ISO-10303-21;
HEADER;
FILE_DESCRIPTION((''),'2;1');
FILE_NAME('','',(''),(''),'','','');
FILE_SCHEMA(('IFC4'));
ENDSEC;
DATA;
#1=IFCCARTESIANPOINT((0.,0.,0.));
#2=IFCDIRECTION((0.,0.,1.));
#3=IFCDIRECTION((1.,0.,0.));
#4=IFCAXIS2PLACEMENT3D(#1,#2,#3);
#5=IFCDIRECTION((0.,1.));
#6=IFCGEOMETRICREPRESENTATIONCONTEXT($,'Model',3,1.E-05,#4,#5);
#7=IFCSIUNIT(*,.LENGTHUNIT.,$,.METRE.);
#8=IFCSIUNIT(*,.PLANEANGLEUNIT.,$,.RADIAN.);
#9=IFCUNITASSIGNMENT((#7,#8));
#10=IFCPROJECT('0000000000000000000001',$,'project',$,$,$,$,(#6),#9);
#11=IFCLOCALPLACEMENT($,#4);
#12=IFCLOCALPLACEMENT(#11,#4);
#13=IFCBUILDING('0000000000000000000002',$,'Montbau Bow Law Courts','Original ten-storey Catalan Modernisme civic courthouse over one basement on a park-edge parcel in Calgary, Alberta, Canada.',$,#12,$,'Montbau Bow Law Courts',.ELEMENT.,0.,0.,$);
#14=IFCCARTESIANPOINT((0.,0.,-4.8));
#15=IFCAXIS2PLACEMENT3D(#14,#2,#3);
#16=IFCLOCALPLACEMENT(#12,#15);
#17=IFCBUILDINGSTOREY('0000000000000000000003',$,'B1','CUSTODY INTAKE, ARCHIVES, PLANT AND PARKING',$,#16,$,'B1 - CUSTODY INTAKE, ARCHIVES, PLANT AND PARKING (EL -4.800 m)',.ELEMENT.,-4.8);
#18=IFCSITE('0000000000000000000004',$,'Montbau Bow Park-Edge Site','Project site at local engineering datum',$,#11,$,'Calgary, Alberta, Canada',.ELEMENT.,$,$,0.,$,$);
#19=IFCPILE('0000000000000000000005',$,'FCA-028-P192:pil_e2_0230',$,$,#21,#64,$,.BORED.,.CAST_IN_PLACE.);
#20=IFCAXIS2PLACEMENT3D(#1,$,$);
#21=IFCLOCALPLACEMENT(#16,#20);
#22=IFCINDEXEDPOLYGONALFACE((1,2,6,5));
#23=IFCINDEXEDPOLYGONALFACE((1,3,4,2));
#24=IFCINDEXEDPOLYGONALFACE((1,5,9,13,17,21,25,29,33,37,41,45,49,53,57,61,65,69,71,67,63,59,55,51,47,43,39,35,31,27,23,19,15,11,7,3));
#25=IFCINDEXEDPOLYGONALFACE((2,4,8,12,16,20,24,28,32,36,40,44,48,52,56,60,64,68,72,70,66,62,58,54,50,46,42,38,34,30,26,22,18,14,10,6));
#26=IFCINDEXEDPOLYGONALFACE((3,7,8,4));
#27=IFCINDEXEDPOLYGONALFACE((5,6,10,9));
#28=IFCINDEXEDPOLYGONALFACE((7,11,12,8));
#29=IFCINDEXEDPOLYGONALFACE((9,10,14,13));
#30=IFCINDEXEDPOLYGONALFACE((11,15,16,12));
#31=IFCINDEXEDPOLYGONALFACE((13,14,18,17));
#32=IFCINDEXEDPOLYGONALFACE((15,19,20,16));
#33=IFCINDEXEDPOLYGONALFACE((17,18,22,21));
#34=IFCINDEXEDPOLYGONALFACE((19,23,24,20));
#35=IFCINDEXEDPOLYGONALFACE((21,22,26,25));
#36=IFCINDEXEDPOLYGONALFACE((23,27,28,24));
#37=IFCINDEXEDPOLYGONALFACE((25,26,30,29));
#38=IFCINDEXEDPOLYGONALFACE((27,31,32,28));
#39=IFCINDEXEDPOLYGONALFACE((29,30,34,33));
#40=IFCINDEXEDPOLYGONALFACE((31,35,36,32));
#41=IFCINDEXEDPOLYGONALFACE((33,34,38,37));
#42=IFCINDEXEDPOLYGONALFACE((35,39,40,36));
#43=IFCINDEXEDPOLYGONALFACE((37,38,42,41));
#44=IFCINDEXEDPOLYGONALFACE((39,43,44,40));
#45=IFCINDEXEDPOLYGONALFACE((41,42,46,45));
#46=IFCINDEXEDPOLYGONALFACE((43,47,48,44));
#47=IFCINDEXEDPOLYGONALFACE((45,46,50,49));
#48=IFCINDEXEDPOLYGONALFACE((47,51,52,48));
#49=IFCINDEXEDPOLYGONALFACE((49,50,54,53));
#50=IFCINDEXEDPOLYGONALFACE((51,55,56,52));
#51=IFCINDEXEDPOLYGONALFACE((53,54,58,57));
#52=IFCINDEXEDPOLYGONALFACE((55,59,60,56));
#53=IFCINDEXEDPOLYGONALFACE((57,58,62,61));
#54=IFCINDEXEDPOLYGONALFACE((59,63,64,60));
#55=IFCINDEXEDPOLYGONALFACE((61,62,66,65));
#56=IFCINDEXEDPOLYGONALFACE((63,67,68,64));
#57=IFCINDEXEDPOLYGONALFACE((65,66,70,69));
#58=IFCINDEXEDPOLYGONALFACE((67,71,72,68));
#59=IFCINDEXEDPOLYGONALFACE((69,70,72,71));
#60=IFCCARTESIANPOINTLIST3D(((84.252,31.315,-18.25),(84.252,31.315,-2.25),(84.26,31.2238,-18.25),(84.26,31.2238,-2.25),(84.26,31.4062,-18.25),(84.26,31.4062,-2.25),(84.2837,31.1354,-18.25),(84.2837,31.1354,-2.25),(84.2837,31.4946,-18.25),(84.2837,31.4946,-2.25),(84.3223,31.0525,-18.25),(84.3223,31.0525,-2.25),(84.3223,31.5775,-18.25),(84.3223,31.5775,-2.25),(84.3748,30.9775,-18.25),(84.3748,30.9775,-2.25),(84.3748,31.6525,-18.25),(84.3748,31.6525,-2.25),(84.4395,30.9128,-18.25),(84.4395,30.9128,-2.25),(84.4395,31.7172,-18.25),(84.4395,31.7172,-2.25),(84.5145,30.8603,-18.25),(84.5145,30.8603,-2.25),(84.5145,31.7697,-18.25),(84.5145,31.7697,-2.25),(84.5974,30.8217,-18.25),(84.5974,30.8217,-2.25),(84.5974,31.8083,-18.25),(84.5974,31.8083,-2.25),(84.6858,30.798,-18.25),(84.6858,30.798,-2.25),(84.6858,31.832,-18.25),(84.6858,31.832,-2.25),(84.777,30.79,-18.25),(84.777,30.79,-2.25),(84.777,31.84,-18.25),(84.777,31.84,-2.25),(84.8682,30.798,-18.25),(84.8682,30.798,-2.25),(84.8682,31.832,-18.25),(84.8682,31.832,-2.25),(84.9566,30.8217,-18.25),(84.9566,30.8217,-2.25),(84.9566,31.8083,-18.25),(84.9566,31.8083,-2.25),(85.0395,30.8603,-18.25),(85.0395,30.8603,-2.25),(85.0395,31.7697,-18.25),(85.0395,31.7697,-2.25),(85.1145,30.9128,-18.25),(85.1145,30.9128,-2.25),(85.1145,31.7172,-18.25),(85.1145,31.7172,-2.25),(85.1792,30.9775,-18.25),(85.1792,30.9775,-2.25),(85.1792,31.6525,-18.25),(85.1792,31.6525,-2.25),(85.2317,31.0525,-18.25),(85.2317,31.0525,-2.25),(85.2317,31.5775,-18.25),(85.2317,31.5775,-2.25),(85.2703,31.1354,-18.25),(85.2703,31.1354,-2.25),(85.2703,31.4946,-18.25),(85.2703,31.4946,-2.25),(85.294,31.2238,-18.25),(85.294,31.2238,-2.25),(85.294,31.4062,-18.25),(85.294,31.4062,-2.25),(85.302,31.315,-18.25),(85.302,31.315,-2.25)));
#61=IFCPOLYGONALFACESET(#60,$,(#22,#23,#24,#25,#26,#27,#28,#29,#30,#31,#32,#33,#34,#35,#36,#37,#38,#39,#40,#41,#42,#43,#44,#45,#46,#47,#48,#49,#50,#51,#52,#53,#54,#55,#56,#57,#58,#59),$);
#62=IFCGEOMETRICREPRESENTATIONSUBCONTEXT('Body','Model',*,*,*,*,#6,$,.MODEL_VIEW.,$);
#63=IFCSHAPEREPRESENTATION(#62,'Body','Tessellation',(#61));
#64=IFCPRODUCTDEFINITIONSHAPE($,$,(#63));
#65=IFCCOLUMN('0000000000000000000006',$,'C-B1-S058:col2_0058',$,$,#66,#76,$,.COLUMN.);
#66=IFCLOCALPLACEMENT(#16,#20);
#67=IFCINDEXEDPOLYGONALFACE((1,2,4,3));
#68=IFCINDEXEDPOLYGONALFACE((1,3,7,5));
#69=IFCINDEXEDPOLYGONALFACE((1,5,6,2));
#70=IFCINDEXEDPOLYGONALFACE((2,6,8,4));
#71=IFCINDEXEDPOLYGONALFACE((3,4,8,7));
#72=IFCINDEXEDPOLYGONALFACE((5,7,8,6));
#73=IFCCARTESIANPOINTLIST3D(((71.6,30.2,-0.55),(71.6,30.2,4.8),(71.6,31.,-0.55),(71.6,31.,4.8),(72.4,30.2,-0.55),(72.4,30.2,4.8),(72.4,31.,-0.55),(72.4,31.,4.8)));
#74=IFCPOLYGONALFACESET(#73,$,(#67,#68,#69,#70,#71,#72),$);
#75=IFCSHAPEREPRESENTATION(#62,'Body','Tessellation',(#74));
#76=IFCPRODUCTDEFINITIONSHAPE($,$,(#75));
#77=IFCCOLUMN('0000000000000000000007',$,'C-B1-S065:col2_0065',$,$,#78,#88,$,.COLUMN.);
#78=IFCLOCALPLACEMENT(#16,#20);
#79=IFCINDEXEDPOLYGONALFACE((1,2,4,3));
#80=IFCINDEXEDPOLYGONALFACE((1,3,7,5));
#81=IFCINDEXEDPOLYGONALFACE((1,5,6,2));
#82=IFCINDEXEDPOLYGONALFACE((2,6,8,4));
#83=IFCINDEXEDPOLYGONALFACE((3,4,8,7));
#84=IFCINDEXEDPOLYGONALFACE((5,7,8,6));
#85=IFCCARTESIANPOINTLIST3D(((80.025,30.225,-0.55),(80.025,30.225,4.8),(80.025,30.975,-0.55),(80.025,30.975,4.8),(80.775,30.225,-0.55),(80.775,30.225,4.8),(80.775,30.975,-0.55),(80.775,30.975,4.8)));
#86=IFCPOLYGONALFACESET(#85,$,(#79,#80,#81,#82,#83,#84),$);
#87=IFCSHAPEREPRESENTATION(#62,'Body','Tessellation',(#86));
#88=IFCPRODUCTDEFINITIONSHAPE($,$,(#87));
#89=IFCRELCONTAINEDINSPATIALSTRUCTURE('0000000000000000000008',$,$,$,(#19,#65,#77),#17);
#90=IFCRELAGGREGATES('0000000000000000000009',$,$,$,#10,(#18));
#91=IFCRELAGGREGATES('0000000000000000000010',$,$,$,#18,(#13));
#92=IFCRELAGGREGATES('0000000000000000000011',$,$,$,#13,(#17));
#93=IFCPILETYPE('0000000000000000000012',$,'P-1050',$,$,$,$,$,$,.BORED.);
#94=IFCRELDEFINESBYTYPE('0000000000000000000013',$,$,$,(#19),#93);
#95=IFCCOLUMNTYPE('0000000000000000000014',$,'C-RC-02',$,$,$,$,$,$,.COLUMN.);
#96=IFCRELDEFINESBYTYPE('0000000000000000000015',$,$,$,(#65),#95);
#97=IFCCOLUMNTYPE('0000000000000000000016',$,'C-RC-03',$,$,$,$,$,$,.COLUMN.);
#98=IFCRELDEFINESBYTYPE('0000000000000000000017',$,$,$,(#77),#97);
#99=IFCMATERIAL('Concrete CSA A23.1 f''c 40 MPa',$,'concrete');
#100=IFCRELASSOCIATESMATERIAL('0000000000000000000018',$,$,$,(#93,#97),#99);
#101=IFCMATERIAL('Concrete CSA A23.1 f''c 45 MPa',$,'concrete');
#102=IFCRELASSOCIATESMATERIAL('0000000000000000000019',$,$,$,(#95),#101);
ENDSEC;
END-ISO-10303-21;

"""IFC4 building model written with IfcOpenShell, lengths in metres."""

from ifc_helpers import new_model, si_unit, direction, frame, origin_with_axes, origin_2d_with_axis, place, context, subcontext, project, spatial, rectangle, circle, extrude, material, material_profile, profile_set, type_object, element, save


model = new_model("IFC4")

# Units and contexts
model_context = context("Model", 3, precision=1e-05, world=origin_with_axes(), true_north=direction((0.0, 1.0)))
body_context = subcontext(model_context, "Body", "Model", "MODEL_VIEW")
ifc_project = project(units=[si_unit("LENGTHUNIT", "METRE"), si_unit("PLANEANGLEUNIT", "RADIAN")], contexts=[model_context])

# Site, building, storey
site_placement = place(None, origin_with_axes())
site = spatial("IfcSite", under=ifc_project, at=site_placement, Name="Montbau Bow Park-Edge Site", Description="Project site at local engineering datum", LongName="Calgary, Alberta, Canada", CompositionType="ELEMENT", RefElevation=0.0)
building_placement = place(site_placement, origin_with_axes())
building = spatial("IfcBuilding", under=site, at=building_placement, Name="Montbau Bow Law Courts", Description="Original ten-storey Catalan Modernisme civic courthouse over one basement on a park-edge parcel in Calgary, Alberta, Canada.", LongName="Montbau Bow Law Courts", CompositionType="ELEMENT", ElevationOfRefHeight=0.0, ElevationOfTerrain=0.0)
storey_placement = place(building_placement, frame((0.0, 0.0, -4.8), z_axis=(0.0, 0.0, 1.0), x_axis=(1.0, 0.0, 0.0)))
storey = spatial("IfcBuildingStorey", under=building, at=storey_placement, Name="B1", Description="CUSTODY INTAKE, ARCHIVES, PLANT AND PARKING", LongName="B1 - CUSTODY INTAKE, ARCHIVES, PLANT AND PARKING (EL -4.800 m)", CompositionType="ELEMENT", Elevation=-4.8)

# Pile
ifc_material_1 = material(Name="Concrete CSA A23.1 f'c 40 MPa", Category="concrete")
ifc_material_profile_1 = material_profile(ifc_material_1, circle(Radius=0.525, at=origin_2d_with_axis()), Name="BP1050", Category="Main", Priority=0)
ifc_profile_set_1 = profile_set([ifc_material_profile_1], Name="Concrete CSA A23.1 f'c 40 MPa")
pile_type = type_object("IfcPileType", Name="P-1050", PredefinedType="BORED", material=ifc_profile_set_1)
for number, where, z_axis, x_axis, name in (
    (1, (84.777, 31.315, -23.05), (0.0, 0.0, 1.0), (1.0, 0.0, 0.0), "FCA-028-P192:pil_e2_0230"),
):
    element("IfcPile", number, at=place(None, frame(where, z_axis=z_axis, x_axis=x_axis)), inside=storey, type_object=pile_type, Name=name, ConstructionType="CAST_IN_PLACE", PredefinedType="BORED", context=body_context, shape_type="SweptSolid", body=[
        extrude(circle(Radius=0.525, at=origin_2d_with_axis()), origin_with_axes(), (0.0, 0.0, 1.0), 16.0),
    ])

# Columns
ifc_material_2 = material(Name="Concrete CSA A23.1 f'c 45 MPa", Category="concrete")
ifc_material_profile_2 = material_profile(ifc_material_2, rectangle(XDim=0.8, YDim=0.8, at=origin_2d_with_axis()), Name="RC800X800", Category="Main", Priority=0)
ifc_profile_set_2 = profile_set([ifc_material_profile_2], Name="Concrete CSA A23.1 f'c 45 MPa")
column_type_1 = type_object("IfcColumnType", Name="C-RC-02", PredefinedType="COLUMN", material=ifc_profile_set_2)
column_1_placement = place(None, frame((72.0, 30.6, -5.35), z_axis=(0.0, 0.0, 1.0), x_axis=(1.0, 0.0, 0.0)))
element("IfcColumn", 2, at=column_1_placement, inside=storey, type_object=column_type_1, Name="C-B1-S058:col2_0058", PredefinedType="COLUMN", context=body_context, shape_type="SweptSolid", body=[
    extrude(rectangle(XDim=0.8, YDim=0.8, at=origin_2d_with_axis()), origin_with_axes(), (0.0, 0.0, 1.0), 5.35),
])
ifc_material_profile_3 = material_profile(ifc_material_1, rectangle(XDim=0.75, YDim=0.75, at=origin_2d_with_axis()), Name="RC750X750", Category="Main", Priority=0)
ifc_profile_set_3 = profile_set([ifc_material_profile_3], Name="Concrete CSA A23.1 f'c 40 MPa")
column_type_2 = type_object("IfcColumnType", Name="C-RC-03", PredefinedType="COLUMN", material=ifc_profile_set_3)
column_2_placement = place(None, frame((80.4, 30.6, -5.35), z_axis=(0.0, 0.0, 1.0), x_axis=(1.0, 0.0, 0.0)))
element("IfcColumn", 3, at=column_2_placement, inside=storey, type_object=column_type_2, Name="C-B1-S065:col2_0065", PredefinedType="COLUMN", context=body_context, shape_type="SweptSolid", body=[
    extrude(rectangle(XDim=0.75, YDim=0.75, at=origin_2d_with_axis()), origin_with_axes(), (0.0, 0.0, 1.0), 5.35),
])

save(model, "model.ifc")
